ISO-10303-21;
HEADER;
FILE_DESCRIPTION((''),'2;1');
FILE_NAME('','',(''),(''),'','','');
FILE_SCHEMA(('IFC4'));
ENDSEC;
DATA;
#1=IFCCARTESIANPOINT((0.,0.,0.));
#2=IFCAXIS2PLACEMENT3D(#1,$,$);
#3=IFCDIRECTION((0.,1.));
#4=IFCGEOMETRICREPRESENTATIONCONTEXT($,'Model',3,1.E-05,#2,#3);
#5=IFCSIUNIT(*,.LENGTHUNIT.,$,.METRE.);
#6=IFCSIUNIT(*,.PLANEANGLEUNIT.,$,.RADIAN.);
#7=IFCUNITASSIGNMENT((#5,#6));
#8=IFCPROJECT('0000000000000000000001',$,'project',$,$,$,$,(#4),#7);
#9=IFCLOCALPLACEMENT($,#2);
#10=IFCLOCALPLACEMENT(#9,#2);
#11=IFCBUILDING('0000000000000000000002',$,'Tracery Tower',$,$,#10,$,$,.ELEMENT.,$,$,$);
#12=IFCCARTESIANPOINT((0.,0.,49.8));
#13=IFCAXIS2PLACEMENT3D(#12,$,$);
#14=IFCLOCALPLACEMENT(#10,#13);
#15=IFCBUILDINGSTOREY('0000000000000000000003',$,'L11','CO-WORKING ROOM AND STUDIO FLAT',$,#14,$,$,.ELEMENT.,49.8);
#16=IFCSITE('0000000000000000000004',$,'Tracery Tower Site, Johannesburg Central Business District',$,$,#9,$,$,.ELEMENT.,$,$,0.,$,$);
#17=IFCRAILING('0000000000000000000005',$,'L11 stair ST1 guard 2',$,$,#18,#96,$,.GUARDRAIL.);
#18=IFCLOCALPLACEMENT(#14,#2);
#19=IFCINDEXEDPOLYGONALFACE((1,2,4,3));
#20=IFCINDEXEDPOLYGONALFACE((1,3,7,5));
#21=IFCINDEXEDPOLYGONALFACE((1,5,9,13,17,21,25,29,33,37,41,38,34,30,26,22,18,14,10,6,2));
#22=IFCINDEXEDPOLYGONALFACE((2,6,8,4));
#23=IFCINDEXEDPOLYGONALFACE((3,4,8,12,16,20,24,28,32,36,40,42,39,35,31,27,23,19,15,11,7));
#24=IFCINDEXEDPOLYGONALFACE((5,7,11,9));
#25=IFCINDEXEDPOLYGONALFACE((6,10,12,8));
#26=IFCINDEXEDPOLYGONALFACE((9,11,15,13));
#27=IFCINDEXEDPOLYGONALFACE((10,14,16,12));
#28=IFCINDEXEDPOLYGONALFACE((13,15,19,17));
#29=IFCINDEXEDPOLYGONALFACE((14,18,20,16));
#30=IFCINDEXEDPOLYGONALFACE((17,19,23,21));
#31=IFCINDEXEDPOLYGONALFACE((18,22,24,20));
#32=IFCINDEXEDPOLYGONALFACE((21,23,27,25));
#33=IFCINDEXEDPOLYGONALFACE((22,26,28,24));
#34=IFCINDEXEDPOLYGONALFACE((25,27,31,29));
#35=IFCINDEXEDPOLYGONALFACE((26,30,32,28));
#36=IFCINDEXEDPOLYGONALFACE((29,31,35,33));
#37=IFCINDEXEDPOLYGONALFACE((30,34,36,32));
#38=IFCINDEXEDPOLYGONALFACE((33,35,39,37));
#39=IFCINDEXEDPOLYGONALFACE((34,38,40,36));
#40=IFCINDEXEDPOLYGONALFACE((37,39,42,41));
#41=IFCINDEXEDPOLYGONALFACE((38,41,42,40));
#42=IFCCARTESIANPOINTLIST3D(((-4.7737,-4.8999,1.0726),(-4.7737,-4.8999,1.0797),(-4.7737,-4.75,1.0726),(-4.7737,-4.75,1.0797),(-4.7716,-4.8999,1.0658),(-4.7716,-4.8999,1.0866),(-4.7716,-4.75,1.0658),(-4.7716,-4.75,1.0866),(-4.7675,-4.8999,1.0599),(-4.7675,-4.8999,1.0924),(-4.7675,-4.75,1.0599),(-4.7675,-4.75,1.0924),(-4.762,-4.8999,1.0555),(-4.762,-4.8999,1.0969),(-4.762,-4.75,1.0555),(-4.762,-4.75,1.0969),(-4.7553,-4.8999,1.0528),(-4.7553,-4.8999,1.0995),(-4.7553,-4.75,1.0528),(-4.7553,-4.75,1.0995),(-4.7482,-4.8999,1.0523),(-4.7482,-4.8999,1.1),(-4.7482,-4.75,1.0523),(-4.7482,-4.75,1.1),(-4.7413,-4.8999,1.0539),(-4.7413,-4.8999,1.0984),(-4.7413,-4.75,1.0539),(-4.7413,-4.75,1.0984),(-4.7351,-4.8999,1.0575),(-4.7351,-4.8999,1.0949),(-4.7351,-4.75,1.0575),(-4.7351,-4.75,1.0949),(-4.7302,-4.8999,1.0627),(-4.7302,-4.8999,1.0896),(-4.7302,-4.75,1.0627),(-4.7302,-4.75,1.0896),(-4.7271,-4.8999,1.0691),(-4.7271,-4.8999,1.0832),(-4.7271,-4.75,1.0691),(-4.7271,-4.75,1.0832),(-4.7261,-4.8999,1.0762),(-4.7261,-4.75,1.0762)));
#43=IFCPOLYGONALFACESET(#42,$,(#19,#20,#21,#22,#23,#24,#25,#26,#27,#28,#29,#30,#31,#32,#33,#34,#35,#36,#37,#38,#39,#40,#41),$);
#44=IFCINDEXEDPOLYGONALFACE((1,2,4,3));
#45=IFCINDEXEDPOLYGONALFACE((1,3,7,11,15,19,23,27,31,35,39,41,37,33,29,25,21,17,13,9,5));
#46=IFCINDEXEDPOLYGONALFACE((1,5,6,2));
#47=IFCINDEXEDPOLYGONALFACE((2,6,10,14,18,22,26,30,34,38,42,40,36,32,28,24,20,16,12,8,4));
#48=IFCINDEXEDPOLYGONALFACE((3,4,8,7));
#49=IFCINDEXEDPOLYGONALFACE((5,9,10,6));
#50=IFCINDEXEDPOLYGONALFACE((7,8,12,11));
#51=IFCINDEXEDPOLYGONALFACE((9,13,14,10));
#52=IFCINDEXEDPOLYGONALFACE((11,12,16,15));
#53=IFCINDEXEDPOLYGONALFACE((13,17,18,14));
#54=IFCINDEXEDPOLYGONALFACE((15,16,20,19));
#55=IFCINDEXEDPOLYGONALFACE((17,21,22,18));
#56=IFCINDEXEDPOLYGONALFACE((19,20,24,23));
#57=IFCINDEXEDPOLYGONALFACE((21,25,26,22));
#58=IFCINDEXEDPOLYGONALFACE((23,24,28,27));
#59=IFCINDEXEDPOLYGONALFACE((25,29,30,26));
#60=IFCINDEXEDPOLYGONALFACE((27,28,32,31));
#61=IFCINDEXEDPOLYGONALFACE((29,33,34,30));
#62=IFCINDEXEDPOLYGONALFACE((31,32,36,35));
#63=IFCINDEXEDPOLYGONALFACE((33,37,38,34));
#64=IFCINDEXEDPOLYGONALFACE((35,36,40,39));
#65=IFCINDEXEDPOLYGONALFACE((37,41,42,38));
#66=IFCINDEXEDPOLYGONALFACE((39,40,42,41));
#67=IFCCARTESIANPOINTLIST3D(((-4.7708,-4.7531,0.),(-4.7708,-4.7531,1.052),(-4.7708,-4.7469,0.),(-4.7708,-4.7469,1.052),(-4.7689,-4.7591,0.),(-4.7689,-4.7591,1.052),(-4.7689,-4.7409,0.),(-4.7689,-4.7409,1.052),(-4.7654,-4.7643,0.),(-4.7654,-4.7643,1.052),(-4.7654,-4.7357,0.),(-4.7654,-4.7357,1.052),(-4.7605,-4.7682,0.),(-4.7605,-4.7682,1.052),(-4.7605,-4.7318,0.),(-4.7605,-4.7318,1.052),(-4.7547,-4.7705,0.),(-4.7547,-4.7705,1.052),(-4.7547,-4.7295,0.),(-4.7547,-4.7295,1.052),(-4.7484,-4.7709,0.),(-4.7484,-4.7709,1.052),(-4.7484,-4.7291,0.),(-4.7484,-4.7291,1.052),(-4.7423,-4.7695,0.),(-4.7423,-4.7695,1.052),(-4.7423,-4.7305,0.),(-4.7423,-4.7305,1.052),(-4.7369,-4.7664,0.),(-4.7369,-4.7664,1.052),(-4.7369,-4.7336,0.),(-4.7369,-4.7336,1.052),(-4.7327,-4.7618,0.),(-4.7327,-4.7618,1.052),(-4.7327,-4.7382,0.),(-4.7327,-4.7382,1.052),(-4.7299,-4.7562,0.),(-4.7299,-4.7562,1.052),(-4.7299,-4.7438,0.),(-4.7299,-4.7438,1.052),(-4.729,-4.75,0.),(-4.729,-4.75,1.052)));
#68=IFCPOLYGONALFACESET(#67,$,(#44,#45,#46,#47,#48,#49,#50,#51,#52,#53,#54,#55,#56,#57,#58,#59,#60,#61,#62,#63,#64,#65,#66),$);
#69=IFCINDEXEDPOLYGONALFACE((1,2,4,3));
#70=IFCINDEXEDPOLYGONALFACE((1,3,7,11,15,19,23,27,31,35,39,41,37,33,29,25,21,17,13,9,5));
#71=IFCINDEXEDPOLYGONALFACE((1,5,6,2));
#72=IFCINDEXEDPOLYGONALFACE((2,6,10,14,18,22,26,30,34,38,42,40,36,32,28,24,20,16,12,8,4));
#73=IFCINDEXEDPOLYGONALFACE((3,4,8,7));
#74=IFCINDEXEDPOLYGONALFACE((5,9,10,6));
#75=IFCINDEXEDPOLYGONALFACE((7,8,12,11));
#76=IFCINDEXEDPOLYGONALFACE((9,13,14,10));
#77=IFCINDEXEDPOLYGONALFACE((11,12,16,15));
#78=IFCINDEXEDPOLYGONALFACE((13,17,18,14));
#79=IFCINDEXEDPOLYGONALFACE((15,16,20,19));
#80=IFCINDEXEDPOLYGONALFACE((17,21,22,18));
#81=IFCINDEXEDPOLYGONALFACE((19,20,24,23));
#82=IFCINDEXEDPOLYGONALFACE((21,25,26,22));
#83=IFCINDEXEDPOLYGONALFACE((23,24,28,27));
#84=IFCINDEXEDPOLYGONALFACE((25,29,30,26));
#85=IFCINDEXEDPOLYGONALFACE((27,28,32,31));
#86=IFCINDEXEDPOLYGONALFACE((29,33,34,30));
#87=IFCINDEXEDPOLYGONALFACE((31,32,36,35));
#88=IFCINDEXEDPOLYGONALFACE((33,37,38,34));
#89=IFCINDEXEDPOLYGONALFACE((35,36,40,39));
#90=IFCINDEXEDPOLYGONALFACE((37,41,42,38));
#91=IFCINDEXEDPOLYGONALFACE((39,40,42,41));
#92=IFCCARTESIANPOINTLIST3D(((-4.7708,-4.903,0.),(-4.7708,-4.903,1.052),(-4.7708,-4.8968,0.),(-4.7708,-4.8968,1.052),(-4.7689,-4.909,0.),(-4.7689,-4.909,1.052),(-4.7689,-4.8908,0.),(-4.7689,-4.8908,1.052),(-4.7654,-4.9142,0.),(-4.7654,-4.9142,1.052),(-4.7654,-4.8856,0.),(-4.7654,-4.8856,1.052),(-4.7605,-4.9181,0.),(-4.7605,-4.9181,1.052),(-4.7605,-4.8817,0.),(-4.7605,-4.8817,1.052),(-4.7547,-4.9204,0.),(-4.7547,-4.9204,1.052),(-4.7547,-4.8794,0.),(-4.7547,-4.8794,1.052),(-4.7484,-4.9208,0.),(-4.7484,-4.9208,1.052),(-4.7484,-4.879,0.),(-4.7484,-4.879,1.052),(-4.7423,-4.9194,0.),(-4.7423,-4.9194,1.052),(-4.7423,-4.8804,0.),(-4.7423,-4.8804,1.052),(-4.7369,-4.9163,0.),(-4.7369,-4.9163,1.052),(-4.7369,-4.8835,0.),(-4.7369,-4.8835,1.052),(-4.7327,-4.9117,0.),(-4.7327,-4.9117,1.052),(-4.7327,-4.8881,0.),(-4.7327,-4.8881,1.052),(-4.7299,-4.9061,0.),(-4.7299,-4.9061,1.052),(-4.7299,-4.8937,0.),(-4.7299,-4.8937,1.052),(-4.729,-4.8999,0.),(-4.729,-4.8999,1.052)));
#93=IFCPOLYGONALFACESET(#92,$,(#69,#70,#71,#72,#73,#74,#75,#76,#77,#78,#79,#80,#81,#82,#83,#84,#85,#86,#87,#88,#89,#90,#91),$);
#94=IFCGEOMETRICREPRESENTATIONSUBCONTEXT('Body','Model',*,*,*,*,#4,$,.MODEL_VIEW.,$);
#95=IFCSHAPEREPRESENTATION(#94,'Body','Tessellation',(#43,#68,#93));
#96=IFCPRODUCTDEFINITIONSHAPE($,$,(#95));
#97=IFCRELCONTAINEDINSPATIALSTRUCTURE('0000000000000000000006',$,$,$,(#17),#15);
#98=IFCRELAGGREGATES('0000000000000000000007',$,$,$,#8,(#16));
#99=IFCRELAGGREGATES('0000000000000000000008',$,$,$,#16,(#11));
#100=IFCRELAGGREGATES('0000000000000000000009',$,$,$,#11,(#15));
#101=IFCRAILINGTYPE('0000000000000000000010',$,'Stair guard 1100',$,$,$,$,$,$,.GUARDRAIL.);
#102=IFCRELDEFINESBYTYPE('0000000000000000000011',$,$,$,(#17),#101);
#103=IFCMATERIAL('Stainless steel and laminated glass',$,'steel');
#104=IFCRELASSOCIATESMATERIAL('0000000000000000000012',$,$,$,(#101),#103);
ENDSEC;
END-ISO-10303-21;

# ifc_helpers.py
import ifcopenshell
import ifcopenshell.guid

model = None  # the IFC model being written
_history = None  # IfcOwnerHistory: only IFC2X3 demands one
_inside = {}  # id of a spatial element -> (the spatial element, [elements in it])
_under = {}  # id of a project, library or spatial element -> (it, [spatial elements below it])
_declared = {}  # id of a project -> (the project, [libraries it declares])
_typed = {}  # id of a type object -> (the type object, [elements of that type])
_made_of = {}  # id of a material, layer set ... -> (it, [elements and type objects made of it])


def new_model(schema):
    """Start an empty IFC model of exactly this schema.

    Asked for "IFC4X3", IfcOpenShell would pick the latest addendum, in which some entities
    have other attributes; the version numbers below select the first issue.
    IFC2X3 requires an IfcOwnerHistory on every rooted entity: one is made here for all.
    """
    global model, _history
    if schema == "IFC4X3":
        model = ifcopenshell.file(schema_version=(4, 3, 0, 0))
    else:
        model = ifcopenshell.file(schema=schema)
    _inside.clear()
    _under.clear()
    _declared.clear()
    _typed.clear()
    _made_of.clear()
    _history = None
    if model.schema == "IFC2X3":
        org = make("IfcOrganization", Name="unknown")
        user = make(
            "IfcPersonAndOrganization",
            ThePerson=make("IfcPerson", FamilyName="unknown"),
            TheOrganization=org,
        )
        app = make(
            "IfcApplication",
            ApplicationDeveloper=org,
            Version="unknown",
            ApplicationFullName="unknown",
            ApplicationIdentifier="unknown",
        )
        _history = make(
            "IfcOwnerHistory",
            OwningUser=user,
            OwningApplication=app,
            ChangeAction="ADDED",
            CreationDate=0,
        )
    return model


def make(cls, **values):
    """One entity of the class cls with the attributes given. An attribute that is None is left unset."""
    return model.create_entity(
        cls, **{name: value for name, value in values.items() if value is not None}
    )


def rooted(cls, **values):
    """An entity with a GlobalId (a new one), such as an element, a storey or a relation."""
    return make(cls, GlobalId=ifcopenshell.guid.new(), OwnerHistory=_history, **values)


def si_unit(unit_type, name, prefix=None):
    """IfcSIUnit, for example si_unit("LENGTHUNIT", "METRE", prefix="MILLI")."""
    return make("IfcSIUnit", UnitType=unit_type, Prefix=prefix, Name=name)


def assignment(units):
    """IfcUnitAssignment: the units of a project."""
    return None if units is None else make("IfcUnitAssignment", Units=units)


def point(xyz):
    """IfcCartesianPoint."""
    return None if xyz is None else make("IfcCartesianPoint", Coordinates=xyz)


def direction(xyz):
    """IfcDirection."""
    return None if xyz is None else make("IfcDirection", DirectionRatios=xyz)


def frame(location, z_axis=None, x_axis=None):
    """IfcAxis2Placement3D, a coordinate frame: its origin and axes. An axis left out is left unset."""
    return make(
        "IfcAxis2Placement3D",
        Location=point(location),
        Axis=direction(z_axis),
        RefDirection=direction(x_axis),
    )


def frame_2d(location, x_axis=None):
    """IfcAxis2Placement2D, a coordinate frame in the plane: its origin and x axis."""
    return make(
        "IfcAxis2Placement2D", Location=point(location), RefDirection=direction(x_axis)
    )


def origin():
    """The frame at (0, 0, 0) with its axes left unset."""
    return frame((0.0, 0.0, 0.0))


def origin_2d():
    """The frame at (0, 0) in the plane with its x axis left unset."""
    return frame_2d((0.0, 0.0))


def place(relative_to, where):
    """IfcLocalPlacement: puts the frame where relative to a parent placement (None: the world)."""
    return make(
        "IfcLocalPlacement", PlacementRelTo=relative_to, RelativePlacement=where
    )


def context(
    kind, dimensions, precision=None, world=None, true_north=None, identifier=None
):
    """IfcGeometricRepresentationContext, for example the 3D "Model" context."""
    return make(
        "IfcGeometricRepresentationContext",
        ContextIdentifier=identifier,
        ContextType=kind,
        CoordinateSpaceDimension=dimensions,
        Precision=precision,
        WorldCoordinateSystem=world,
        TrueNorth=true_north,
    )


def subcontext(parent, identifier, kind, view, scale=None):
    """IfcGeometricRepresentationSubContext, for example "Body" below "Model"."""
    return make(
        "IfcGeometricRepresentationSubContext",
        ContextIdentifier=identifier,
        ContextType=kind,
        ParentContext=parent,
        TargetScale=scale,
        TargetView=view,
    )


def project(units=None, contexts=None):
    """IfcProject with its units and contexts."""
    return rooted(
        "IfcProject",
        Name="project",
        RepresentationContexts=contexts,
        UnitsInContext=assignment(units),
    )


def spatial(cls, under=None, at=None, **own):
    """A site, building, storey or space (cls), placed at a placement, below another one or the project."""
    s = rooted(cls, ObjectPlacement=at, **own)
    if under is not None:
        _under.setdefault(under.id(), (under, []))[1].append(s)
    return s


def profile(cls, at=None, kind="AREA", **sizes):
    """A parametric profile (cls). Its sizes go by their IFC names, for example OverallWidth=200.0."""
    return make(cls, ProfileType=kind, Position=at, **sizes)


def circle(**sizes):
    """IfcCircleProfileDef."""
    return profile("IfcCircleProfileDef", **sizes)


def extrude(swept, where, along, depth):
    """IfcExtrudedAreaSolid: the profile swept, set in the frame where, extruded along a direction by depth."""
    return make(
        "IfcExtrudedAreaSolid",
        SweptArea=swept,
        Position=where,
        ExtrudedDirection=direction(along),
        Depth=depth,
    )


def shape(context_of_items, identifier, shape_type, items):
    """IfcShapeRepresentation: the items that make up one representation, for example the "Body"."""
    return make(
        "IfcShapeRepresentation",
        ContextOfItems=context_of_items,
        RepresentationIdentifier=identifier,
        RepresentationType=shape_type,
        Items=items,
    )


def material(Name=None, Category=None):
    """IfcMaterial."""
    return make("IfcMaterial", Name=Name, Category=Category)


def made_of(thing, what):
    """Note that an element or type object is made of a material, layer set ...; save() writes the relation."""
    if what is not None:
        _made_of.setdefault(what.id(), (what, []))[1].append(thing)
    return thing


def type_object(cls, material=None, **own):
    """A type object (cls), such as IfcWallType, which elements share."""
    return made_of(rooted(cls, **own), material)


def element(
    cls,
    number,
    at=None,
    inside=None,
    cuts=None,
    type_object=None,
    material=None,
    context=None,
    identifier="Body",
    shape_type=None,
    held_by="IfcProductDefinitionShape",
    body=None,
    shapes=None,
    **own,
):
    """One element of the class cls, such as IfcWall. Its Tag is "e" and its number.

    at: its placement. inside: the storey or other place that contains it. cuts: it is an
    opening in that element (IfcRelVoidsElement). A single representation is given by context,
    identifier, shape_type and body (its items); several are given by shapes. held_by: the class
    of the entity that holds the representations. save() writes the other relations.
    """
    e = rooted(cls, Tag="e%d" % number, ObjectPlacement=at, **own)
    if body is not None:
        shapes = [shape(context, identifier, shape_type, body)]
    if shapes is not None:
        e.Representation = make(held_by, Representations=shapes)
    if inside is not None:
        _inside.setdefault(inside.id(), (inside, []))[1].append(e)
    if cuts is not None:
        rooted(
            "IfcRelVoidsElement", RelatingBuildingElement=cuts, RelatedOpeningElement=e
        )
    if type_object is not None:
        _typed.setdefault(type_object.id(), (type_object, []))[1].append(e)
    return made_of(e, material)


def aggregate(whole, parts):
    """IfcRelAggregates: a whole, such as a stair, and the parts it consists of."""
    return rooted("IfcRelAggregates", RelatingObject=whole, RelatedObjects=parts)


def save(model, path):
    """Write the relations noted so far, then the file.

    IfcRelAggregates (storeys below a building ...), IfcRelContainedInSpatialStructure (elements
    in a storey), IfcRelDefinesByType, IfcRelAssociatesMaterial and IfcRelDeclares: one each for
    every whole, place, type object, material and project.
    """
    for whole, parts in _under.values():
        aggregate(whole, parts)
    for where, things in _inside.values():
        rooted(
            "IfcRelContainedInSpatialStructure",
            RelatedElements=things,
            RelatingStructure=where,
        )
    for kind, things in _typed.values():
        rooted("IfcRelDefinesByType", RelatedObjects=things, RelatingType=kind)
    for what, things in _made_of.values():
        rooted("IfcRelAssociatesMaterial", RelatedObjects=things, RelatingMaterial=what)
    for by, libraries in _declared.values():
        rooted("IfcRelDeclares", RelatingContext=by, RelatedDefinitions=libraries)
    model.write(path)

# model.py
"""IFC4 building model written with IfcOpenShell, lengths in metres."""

from ifc_helpers import new_model, si_unit, direction, frame, origin, origin_2d, place, context, subcontext, project, spatial, circle, extrude, material, type_object, element, save


model = new_model("IFC4")

# Units and contexts
model_context = context("Model", 3, precision=1e-05, world=origin(), true_north=direction((0.0, 1.0)))
body_context = subcontext(model_context, "Body", "Model", "MODEL_VIEW")
ifc_project = project(units=[si_unit("LENGTHUNIT", "METRE"), si_unit("PLANEANGLEUNIT", "RADIAN")], contexts=[model_context])

# Site, building, storey
site_placement = place(None, origin())
site = spatial("IfcSite", under=ifc_project, at=site_placement, Name="Tracery Tower Site, Johannesburg Central Business District", CompositionType="ELEMENT", RefElevation=0.0)
building_placement = place(site_placement, origin())
building = spatial("IfcBuilding", under=site, at=building_placement, Name="Tracery Tower", CompositionType="ELEMENT")
storey_placement = place(building_placement, frame((0.0, 0.0, 49.8)))
storey = spatial("IfcBuildingStorey", under=building, at=storey_placement, Name="L11", Description="CO-WORKING ROOM AND STUDIO FLAT", CompositionType="ELEMENT", Elevation=49.8)

# Railing
ifc_material_1 = material(Name="Stainless steel and laminated glass", Category="steel")
railing_type_1 = type_object("IfcRailingType", Name="Stair guard 1100", PredefinedType="GUARDRAIL", material=ifc_material_1)
railing_1_placement = place(storey_placement, frame((-4.75, -4.75, 0.0)))
element("IfcRailing", 1, at=railing_1_placement, inside=storey, type_object=railing_type_1, Name="L11 stair ST1 guard 2", PredefinedType="GUARDRAIL", context=body_context, shape_type="SweptSolid", body=[
    extrude(circle(Radius=0.0239, at=origin_2d()), frame((0.0, 0.0, 1.0762), z_axis=(0.0, -1.0, 0.0), x_axis=(1.0, 0.0, 0.0)), (0.0, 0.0, 1.0), 0.1499),
    extrude(circle(Radius=0.021, at=origin_2d()), origin(), (0.0, 0.0, 1.0), 1.052),
    extrude(circle(Radius=0.021, at=origin_2d()), frame((0.0, -0.1499, 0.0)), (0.0, 0.0, 1.0), 1.052),
])

save(model, "model.ifc")
